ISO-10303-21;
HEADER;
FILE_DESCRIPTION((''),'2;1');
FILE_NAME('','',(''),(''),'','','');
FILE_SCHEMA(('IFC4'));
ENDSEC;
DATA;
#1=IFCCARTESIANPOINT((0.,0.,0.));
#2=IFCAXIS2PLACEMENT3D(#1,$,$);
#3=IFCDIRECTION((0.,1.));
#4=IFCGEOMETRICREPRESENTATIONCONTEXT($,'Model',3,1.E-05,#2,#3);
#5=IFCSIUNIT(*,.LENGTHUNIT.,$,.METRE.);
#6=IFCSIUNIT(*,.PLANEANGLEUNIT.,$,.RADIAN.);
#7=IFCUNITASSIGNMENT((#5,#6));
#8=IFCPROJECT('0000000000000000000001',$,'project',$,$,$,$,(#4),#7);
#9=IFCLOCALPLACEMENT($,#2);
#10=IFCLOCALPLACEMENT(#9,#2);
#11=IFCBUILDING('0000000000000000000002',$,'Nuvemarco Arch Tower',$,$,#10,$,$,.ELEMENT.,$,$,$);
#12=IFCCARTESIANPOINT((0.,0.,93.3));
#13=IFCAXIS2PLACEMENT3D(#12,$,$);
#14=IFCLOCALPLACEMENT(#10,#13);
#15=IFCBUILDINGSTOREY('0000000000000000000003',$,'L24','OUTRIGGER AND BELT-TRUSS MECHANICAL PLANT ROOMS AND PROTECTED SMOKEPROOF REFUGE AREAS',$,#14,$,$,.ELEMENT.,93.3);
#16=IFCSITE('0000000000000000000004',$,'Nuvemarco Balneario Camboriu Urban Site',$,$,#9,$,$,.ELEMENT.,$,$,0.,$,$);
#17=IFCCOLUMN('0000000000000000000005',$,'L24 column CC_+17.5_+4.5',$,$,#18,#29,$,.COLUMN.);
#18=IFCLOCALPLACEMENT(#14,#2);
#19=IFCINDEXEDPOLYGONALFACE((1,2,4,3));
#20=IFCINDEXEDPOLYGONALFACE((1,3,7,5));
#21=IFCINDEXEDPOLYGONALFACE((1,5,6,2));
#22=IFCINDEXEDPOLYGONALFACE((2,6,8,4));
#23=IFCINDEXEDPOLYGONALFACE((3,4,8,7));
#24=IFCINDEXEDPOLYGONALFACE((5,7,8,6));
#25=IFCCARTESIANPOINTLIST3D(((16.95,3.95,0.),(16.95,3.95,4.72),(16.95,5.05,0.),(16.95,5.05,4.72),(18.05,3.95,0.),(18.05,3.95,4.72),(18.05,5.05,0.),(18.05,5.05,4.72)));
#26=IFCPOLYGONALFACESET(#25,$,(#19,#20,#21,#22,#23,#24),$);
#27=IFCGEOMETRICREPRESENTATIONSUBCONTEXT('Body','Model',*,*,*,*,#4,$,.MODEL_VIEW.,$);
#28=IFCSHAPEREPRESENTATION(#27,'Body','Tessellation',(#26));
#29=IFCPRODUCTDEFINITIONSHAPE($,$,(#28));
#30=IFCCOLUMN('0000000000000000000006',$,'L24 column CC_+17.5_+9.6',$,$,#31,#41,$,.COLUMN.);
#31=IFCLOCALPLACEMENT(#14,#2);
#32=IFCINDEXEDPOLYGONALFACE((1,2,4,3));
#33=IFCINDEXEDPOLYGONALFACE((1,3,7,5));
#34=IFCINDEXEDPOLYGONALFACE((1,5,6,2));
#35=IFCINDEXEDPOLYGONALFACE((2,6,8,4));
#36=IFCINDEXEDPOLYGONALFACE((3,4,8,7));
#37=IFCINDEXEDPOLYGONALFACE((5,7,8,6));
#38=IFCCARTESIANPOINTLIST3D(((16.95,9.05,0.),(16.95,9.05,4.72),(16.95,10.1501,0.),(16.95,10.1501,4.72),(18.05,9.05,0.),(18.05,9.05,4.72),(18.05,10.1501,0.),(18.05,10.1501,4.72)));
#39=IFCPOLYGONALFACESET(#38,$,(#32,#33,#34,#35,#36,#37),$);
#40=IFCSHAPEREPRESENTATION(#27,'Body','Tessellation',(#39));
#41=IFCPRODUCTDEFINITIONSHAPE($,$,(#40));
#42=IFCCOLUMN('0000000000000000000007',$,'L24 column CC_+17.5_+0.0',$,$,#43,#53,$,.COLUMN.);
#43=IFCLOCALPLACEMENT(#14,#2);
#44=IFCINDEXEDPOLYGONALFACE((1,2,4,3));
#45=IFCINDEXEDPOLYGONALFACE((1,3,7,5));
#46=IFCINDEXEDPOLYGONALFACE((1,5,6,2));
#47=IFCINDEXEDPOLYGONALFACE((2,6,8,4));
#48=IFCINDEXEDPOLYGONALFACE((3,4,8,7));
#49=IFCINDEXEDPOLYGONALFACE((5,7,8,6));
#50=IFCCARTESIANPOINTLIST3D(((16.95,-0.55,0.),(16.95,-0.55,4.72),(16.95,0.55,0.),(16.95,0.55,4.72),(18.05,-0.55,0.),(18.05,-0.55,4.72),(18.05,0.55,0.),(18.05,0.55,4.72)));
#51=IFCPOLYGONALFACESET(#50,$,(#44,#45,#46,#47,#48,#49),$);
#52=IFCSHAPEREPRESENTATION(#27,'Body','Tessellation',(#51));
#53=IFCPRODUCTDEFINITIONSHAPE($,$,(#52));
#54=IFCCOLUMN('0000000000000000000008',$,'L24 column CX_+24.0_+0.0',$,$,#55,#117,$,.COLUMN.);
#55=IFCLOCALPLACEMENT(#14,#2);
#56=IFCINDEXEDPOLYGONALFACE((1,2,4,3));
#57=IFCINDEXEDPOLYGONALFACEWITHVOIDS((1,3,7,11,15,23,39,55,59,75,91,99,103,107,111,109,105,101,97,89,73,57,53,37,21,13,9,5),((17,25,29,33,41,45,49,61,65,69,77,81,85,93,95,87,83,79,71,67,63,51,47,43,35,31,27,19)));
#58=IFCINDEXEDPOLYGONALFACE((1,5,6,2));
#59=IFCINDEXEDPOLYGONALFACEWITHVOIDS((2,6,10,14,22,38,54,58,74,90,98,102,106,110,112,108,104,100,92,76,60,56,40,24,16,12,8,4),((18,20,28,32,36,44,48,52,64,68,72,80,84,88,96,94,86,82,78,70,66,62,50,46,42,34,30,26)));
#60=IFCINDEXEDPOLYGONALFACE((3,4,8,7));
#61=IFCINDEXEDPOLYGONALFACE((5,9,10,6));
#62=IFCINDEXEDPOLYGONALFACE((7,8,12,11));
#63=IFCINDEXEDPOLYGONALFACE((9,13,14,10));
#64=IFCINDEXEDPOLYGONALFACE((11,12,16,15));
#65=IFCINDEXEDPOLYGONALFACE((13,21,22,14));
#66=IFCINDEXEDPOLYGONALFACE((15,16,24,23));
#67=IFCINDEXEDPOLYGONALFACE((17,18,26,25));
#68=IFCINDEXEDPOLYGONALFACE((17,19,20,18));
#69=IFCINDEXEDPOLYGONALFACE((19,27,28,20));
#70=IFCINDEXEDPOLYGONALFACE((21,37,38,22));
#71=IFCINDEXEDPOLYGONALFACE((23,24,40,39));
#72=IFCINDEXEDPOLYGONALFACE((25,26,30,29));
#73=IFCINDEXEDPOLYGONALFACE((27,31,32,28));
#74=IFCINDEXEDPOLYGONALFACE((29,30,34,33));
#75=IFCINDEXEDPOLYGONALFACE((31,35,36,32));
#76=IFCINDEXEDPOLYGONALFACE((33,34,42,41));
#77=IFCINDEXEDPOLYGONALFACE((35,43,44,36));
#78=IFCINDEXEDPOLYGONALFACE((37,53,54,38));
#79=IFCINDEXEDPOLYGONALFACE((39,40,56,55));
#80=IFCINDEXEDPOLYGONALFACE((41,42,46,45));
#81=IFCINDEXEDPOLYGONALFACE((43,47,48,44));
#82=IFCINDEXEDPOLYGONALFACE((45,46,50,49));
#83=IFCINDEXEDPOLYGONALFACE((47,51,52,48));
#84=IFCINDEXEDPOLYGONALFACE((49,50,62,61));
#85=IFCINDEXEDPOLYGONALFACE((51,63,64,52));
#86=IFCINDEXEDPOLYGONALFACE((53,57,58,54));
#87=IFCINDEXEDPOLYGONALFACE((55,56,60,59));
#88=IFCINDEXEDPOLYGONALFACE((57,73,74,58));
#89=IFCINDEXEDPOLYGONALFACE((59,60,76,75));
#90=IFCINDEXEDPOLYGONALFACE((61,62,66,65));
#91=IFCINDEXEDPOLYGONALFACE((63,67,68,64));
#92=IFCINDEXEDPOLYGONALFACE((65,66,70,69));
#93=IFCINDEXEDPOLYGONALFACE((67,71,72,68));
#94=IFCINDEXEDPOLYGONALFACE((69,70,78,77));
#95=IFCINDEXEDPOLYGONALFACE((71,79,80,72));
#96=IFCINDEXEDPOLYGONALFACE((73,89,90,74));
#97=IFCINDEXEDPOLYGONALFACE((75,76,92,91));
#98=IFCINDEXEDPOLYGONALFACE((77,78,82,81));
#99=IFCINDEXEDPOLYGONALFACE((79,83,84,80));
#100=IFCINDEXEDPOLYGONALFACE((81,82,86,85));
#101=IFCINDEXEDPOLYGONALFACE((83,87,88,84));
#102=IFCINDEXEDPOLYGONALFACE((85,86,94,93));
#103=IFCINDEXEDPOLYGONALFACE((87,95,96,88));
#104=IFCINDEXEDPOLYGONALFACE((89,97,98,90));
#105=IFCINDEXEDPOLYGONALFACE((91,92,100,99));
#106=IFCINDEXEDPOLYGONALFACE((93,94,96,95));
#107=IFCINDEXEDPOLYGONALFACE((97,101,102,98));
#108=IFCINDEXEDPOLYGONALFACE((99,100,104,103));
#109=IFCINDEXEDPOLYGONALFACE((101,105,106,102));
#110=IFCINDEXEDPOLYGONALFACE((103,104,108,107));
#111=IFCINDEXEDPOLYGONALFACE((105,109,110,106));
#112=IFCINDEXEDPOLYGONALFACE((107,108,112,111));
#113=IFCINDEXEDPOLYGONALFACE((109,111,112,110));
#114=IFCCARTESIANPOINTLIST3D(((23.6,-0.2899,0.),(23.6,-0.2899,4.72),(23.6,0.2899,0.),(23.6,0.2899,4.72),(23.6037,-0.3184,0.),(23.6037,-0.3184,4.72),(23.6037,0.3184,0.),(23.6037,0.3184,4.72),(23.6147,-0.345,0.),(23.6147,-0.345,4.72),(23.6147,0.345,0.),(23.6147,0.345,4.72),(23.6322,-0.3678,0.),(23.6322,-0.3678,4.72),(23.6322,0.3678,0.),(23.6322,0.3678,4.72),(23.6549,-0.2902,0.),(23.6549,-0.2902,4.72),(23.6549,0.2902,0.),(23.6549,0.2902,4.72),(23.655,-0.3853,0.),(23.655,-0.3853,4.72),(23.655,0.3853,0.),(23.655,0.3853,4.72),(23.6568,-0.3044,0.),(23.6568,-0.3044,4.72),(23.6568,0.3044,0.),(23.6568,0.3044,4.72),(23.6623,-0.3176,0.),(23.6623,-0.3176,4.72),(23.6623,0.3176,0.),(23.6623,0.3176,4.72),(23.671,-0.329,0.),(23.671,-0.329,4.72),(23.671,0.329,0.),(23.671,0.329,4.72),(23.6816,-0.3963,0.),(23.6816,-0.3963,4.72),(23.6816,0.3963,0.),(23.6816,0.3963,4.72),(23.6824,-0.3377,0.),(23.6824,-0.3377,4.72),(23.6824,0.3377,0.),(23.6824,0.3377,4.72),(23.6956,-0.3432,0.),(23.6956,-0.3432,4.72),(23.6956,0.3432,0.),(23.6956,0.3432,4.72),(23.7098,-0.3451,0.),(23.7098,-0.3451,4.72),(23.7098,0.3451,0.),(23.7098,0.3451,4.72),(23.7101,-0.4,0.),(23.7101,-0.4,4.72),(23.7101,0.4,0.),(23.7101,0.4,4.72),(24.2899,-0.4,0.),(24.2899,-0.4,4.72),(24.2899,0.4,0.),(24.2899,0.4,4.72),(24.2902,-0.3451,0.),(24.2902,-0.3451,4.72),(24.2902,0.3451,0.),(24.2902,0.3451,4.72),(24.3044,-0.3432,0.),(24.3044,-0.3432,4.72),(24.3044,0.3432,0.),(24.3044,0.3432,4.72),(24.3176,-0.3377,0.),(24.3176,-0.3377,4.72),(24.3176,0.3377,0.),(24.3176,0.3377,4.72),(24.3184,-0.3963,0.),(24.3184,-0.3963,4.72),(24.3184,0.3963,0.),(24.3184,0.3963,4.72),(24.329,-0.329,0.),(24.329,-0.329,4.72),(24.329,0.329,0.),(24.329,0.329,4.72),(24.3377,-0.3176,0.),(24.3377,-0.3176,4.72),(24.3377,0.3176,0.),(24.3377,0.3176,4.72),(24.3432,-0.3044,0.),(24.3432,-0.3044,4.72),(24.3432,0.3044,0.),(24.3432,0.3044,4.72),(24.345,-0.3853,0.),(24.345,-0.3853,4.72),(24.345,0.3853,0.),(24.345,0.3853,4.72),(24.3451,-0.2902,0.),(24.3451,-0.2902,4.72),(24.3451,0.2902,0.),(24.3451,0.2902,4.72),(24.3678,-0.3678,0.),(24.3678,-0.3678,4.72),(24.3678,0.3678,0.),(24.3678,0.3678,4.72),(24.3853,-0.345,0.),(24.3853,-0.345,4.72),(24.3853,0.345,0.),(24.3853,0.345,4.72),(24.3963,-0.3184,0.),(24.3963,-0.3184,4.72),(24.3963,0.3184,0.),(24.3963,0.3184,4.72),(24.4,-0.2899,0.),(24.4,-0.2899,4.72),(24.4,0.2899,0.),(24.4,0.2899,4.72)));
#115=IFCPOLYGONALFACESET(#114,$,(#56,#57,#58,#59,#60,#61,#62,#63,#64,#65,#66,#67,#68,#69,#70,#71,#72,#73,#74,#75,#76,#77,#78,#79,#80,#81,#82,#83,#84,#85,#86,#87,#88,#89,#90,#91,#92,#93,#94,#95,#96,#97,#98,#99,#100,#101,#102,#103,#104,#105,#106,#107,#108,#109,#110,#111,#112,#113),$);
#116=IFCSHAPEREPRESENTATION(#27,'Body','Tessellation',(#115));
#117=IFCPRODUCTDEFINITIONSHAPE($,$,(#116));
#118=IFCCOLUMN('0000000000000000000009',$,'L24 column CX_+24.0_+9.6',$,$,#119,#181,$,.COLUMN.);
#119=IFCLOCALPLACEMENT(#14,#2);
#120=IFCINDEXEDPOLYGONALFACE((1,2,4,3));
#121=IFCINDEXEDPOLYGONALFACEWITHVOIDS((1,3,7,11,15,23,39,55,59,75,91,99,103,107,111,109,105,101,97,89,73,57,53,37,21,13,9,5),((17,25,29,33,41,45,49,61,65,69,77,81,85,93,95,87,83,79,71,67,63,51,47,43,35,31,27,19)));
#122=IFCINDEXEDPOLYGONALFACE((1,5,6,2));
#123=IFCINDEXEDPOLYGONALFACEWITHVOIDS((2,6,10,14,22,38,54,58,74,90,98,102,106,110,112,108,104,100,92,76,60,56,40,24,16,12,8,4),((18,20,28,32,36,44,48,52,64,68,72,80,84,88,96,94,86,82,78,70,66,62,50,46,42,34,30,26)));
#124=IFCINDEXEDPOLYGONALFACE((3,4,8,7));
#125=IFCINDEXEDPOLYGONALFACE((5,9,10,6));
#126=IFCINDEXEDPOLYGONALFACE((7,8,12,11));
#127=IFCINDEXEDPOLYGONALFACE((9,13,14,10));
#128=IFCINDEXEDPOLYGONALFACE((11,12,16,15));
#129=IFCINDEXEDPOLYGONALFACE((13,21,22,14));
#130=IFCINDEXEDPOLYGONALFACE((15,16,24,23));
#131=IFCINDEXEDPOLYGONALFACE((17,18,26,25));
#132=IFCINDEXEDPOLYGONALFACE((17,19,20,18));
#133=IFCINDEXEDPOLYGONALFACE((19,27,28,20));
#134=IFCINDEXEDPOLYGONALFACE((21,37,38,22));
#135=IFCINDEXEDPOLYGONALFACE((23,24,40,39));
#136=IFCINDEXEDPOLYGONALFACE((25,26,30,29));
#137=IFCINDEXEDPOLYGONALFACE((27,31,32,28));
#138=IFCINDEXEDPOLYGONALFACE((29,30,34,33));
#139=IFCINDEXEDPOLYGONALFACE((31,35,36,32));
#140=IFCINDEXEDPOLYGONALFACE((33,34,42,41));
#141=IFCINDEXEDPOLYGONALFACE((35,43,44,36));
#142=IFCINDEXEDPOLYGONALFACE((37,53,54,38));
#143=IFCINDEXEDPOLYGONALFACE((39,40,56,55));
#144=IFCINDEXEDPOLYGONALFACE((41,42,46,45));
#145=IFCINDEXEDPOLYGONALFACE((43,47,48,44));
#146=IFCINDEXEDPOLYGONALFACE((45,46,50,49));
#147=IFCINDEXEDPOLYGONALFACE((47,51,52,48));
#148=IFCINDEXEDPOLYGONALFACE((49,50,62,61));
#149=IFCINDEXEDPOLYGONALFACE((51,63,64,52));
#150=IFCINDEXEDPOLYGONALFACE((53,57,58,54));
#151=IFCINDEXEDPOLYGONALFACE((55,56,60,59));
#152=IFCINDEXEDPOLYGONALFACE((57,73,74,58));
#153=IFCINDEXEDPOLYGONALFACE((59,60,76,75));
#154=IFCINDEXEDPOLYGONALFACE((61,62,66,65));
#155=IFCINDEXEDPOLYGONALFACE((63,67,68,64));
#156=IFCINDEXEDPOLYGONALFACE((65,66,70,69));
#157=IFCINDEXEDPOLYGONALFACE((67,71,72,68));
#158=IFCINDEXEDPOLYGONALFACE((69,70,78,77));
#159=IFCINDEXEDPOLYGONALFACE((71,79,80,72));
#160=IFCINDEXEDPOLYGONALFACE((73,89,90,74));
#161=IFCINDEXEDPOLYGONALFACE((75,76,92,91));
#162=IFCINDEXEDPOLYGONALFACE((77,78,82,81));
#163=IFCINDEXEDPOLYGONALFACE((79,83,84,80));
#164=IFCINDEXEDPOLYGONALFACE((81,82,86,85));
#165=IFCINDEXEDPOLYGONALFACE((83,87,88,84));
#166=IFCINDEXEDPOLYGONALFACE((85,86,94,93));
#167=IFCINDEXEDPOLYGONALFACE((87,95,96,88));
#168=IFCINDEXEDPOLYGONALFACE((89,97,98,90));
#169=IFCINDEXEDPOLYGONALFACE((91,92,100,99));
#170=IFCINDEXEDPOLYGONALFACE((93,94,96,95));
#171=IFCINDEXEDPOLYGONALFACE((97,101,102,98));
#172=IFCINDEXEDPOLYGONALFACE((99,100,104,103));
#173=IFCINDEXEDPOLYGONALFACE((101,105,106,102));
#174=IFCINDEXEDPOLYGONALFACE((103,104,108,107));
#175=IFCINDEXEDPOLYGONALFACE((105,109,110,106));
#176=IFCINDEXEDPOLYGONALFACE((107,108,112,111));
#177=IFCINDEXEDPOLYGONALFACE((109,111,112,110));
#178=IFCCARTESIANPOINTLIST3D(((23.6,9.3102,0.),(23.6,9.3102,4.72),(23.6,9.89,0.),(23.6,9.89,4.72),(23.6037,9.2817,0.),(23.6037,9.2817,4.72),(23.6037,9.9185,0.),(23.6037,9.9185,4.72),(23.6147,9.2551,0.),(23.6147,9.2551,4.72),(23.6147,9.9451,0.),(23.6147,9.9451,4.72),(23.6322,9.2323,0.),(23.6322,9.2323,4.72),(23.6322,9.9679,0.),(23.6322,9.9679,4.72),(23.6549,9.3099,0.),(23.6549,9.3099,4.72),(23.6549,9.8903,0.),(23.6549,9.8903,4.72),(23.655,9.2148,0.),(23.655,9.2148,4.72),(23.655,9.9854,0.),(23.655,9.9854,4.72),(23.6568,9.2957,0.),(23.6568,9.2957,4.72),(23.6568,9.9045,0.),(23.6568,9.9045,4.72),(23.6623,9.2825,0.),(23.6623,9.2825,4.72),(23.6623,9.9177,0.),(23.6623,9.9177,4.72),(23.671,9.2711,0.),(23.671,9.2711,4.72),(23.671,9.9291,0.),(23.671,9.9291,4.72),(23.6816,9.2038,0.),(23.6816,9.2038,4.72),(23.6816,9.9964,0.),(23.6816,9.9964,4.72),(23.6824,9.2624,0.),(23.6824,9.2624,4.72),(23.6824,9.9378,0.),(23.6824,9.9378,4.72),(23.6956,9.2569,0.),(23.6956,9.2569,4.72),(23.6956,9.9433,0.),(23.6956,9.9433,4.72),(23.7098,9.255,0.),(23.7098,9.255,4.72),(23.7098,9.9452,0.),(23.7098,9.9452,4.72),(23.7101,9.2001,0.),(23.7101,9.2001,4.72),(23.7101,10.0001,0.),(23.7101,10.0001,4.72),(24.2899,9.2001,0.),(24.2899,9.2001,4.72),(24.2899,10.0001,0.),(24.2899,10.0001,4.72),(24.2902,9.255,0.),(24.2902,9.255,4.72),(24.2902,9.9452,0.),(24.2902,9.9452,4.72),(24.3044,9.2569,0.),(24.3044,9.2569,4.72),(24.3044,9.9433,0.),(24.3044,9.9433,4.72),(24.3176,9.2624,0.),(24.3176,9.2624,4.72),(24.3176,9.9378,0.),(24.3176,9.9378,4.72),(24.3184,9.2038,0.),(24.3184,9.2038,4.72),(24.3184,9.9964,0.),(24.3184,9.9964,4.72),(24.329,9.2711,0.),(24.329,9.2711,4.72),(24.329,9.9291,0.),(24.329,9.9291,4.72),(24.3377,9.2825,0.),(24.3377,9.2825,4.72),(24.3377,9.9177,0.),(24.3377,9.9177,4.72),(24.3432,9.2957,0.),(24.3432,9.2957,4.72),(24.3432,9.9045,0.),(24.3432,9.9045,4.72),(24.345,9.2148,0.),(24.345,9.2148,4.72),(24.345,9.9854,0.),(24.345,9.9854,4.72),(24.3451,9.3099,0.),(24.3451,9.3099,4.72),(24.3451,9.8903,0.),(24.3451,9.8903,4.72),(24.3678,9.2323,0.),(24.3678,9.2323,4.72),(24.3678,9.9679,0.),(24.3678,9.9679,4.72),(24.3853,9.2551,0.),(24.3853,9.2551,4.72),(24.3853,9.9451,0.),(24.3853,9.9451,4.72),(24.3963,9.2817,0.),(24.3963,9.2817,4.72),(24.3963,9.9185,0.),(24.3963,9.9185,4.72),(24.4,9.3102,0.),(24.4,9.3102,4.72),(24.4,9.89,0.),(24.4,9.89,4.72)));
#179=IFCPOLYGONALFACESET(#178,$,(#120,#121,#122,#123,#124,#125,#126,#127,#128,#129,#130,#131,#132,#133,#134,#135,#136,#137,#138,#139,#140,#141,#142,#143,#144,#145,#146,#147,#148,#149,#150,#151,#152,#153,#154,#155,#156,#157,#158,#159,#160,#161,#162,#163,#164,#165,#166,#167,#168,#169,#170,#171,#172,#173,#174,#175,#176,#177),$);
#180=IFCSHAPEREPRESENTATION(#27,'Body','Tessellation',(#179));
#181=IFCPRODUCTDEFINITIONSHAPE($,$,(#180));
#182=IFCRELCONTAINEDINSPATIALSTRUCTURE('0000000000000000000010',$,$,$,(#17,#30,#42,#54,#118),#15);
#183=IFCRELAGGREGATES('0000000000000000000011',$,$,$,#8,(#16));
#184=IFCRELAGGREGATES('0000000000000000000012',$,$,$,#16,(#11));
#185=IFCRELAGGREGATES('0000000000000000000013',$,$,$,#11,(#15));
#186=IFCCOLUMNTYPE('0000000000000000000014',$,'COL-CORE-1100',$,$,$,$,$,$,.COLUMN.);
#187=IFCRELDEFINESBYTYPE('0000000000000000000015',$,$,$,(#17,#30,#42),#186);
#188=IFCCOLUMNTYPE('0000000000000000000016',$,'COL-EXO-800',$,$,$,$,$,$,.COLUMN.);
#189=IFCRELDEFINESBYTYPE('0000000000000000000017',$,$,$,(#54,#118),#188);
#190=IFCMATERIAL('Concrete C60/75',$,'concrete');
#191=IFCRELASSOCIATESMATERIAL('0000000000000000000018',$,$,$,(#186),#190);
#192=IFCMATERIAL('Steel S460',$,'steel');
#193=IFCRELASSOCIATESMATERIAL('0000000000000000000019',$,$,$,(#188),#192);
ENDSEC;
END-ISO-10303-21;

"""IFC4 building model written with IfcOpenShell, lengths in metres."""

from ifc_helpers import new_model, si_unit, direction, frame, origin, origin_2d, place, context, subcontext, project, spatial, rectangle, hollow_rectangle, extrude, material, material_profile, profile_set, type_object, element, save


model = new_model("IFC4")

# Units and contexts
model_context = context("Model", 3, precision=1e-05, world=origin(), true_north=direction((0.0, 1.0)))
body_context = subcontext(model_context, "Body", "Model", "MODEL_VIEW")
ifc_project = project(units=[si_unit("LENGTHUNIT", "METRE"), si_unit("PLANEANGLEUNIT", "RADIAN")], contexts=[model_context])

# Site, building, storey
site_placement = place(None, origin())
site = spatial("IfcSite", under=ifc_project, at=site_placement, Name="Nuvemarco Balneario Camboriu Urban Site", CompositionType="ELEMENT", RefElevation=0.0)
building_placement = place(site_placement, origin())
building = spatial("IfcBuilding", under=site, at=building_placement, Name="Nuvemarco Arch Tower", CompositionType="ELEMENT")
storey_placement = place(building_placement, frame((0.0, 0.0, 93.3)))
storey = spatial("IfcBuildingStorey", under=building, at=storey_placement, Name="L24", Description="OUTRIGGER AND BELT-TRUSS MECHANICAL PLANT ROOMS AND PROTECTED SMOKEPROOF REFUGE AREAS", CompositionType="ELEMENT", Elevation=93.3)

# Columns
ifc_material_1 = material(Name="Concrete C60/75", Category="concrete")
ifc_material_profile_1 = material_profile(ifc_material_1, rectangle(XDim=1.1001, YDim=1.1001, at=origin_2d()), Name="RC-COL-1100x1100")
ifc_profile_set_1 = profile_set([ifc_material_profile_1], Name="Concrete C60/75")
column_type_1 = type_object("IfcColumnType", Name="COL-CORE-1100", PredefinedType="COLUMN", material=ifc_profile_set_1)
for number, where, z_axis, x_axis, name in (
    (1, (17.5, 4.5, 0.0), (0.0, 0.0, 1.0), (1.0, 0.0, 0.0), "L24 column CC_+17.5_+4.5"),
    (2, (17.5, 9.6001, 0.0), (0.0, 0.0, 1.0), (1.0, 0.0, 0.0), "L24 column CC_+17.5_+9.6"),
    (3, (17.5, 0.0, 0.0), (0.0, 0.0, 1.0), (1.0, 0.0, 0.0), "L24 column CC_+17.5_+0.0"),
):
    element("IfcColumn", number, at=place(storey_placement, frame(where, z_axis=z_axis, x_axis=x_axis)), inside=storey, type_object=column_type_1, Name=name, PredefinedType="COLUMN", context=body_context, shape_type="SweptSolid", body=[
        extrude(rectangle(XDim=1.1001, YDim=1.1001, at=origin_2d()), origin(), (0.0, 0.0, 1.0), 4.72),
    ])
ifc_material_2 = material(Name="Steel S460", Category="steel")
ifc_material_profile_2 = material_profile(ifc_material_2, hollow_rectangle(XDim=0.8, YDim=0.8, WallThickness=0.0549, InnerFilletRadius=0.0549, OuterFilletRadius=0.1101, at=origin_2d()), Name="SHS800x800x55")
ifc_profile_set_2 = profile_set([ifc_material_profile_2], Name="Steel S460")
column_type_2 = type_object("IfcColumnType", Name="COL-EXO-800", PredefinedType="COLUMN", material=ifc_profile_set_2)
for number, where, z_axis, x_axis, name in (
    (4, (24.0, 0.0, 0.0), (0.0, 0.0, 1.0), (1.0, 0.0, 0.0), "L24 column CX_+24.0_+0.0"),
    (5, (24.0, 9.6001, 0.0), (0.0, 0.0, 1.0), (1.0, 0.0, 0.0), "L24 column CX_+24.0_+9.6"),
):
    element("IfcColumn", number, at=place(storey_placement, frame(where, z_axis=z_axis, x_axis=x_axis)), inside=storey, type_object=column_type_2, Name=name, PredefinedType="COLUMN", context=body_context, shape_type="SweptSolid", body=[
        extrude(hollow_rectangle(XDim=0.8, YDim=0.8, WallThickness=0.0549, InnerFilletRadius=0.0549, OuterFilletRadius=0.1101, at=origin_2d()), origin(), (0.0, 0.0, 1.0), 4.72),
    ])

save(model, "model.ifc")
